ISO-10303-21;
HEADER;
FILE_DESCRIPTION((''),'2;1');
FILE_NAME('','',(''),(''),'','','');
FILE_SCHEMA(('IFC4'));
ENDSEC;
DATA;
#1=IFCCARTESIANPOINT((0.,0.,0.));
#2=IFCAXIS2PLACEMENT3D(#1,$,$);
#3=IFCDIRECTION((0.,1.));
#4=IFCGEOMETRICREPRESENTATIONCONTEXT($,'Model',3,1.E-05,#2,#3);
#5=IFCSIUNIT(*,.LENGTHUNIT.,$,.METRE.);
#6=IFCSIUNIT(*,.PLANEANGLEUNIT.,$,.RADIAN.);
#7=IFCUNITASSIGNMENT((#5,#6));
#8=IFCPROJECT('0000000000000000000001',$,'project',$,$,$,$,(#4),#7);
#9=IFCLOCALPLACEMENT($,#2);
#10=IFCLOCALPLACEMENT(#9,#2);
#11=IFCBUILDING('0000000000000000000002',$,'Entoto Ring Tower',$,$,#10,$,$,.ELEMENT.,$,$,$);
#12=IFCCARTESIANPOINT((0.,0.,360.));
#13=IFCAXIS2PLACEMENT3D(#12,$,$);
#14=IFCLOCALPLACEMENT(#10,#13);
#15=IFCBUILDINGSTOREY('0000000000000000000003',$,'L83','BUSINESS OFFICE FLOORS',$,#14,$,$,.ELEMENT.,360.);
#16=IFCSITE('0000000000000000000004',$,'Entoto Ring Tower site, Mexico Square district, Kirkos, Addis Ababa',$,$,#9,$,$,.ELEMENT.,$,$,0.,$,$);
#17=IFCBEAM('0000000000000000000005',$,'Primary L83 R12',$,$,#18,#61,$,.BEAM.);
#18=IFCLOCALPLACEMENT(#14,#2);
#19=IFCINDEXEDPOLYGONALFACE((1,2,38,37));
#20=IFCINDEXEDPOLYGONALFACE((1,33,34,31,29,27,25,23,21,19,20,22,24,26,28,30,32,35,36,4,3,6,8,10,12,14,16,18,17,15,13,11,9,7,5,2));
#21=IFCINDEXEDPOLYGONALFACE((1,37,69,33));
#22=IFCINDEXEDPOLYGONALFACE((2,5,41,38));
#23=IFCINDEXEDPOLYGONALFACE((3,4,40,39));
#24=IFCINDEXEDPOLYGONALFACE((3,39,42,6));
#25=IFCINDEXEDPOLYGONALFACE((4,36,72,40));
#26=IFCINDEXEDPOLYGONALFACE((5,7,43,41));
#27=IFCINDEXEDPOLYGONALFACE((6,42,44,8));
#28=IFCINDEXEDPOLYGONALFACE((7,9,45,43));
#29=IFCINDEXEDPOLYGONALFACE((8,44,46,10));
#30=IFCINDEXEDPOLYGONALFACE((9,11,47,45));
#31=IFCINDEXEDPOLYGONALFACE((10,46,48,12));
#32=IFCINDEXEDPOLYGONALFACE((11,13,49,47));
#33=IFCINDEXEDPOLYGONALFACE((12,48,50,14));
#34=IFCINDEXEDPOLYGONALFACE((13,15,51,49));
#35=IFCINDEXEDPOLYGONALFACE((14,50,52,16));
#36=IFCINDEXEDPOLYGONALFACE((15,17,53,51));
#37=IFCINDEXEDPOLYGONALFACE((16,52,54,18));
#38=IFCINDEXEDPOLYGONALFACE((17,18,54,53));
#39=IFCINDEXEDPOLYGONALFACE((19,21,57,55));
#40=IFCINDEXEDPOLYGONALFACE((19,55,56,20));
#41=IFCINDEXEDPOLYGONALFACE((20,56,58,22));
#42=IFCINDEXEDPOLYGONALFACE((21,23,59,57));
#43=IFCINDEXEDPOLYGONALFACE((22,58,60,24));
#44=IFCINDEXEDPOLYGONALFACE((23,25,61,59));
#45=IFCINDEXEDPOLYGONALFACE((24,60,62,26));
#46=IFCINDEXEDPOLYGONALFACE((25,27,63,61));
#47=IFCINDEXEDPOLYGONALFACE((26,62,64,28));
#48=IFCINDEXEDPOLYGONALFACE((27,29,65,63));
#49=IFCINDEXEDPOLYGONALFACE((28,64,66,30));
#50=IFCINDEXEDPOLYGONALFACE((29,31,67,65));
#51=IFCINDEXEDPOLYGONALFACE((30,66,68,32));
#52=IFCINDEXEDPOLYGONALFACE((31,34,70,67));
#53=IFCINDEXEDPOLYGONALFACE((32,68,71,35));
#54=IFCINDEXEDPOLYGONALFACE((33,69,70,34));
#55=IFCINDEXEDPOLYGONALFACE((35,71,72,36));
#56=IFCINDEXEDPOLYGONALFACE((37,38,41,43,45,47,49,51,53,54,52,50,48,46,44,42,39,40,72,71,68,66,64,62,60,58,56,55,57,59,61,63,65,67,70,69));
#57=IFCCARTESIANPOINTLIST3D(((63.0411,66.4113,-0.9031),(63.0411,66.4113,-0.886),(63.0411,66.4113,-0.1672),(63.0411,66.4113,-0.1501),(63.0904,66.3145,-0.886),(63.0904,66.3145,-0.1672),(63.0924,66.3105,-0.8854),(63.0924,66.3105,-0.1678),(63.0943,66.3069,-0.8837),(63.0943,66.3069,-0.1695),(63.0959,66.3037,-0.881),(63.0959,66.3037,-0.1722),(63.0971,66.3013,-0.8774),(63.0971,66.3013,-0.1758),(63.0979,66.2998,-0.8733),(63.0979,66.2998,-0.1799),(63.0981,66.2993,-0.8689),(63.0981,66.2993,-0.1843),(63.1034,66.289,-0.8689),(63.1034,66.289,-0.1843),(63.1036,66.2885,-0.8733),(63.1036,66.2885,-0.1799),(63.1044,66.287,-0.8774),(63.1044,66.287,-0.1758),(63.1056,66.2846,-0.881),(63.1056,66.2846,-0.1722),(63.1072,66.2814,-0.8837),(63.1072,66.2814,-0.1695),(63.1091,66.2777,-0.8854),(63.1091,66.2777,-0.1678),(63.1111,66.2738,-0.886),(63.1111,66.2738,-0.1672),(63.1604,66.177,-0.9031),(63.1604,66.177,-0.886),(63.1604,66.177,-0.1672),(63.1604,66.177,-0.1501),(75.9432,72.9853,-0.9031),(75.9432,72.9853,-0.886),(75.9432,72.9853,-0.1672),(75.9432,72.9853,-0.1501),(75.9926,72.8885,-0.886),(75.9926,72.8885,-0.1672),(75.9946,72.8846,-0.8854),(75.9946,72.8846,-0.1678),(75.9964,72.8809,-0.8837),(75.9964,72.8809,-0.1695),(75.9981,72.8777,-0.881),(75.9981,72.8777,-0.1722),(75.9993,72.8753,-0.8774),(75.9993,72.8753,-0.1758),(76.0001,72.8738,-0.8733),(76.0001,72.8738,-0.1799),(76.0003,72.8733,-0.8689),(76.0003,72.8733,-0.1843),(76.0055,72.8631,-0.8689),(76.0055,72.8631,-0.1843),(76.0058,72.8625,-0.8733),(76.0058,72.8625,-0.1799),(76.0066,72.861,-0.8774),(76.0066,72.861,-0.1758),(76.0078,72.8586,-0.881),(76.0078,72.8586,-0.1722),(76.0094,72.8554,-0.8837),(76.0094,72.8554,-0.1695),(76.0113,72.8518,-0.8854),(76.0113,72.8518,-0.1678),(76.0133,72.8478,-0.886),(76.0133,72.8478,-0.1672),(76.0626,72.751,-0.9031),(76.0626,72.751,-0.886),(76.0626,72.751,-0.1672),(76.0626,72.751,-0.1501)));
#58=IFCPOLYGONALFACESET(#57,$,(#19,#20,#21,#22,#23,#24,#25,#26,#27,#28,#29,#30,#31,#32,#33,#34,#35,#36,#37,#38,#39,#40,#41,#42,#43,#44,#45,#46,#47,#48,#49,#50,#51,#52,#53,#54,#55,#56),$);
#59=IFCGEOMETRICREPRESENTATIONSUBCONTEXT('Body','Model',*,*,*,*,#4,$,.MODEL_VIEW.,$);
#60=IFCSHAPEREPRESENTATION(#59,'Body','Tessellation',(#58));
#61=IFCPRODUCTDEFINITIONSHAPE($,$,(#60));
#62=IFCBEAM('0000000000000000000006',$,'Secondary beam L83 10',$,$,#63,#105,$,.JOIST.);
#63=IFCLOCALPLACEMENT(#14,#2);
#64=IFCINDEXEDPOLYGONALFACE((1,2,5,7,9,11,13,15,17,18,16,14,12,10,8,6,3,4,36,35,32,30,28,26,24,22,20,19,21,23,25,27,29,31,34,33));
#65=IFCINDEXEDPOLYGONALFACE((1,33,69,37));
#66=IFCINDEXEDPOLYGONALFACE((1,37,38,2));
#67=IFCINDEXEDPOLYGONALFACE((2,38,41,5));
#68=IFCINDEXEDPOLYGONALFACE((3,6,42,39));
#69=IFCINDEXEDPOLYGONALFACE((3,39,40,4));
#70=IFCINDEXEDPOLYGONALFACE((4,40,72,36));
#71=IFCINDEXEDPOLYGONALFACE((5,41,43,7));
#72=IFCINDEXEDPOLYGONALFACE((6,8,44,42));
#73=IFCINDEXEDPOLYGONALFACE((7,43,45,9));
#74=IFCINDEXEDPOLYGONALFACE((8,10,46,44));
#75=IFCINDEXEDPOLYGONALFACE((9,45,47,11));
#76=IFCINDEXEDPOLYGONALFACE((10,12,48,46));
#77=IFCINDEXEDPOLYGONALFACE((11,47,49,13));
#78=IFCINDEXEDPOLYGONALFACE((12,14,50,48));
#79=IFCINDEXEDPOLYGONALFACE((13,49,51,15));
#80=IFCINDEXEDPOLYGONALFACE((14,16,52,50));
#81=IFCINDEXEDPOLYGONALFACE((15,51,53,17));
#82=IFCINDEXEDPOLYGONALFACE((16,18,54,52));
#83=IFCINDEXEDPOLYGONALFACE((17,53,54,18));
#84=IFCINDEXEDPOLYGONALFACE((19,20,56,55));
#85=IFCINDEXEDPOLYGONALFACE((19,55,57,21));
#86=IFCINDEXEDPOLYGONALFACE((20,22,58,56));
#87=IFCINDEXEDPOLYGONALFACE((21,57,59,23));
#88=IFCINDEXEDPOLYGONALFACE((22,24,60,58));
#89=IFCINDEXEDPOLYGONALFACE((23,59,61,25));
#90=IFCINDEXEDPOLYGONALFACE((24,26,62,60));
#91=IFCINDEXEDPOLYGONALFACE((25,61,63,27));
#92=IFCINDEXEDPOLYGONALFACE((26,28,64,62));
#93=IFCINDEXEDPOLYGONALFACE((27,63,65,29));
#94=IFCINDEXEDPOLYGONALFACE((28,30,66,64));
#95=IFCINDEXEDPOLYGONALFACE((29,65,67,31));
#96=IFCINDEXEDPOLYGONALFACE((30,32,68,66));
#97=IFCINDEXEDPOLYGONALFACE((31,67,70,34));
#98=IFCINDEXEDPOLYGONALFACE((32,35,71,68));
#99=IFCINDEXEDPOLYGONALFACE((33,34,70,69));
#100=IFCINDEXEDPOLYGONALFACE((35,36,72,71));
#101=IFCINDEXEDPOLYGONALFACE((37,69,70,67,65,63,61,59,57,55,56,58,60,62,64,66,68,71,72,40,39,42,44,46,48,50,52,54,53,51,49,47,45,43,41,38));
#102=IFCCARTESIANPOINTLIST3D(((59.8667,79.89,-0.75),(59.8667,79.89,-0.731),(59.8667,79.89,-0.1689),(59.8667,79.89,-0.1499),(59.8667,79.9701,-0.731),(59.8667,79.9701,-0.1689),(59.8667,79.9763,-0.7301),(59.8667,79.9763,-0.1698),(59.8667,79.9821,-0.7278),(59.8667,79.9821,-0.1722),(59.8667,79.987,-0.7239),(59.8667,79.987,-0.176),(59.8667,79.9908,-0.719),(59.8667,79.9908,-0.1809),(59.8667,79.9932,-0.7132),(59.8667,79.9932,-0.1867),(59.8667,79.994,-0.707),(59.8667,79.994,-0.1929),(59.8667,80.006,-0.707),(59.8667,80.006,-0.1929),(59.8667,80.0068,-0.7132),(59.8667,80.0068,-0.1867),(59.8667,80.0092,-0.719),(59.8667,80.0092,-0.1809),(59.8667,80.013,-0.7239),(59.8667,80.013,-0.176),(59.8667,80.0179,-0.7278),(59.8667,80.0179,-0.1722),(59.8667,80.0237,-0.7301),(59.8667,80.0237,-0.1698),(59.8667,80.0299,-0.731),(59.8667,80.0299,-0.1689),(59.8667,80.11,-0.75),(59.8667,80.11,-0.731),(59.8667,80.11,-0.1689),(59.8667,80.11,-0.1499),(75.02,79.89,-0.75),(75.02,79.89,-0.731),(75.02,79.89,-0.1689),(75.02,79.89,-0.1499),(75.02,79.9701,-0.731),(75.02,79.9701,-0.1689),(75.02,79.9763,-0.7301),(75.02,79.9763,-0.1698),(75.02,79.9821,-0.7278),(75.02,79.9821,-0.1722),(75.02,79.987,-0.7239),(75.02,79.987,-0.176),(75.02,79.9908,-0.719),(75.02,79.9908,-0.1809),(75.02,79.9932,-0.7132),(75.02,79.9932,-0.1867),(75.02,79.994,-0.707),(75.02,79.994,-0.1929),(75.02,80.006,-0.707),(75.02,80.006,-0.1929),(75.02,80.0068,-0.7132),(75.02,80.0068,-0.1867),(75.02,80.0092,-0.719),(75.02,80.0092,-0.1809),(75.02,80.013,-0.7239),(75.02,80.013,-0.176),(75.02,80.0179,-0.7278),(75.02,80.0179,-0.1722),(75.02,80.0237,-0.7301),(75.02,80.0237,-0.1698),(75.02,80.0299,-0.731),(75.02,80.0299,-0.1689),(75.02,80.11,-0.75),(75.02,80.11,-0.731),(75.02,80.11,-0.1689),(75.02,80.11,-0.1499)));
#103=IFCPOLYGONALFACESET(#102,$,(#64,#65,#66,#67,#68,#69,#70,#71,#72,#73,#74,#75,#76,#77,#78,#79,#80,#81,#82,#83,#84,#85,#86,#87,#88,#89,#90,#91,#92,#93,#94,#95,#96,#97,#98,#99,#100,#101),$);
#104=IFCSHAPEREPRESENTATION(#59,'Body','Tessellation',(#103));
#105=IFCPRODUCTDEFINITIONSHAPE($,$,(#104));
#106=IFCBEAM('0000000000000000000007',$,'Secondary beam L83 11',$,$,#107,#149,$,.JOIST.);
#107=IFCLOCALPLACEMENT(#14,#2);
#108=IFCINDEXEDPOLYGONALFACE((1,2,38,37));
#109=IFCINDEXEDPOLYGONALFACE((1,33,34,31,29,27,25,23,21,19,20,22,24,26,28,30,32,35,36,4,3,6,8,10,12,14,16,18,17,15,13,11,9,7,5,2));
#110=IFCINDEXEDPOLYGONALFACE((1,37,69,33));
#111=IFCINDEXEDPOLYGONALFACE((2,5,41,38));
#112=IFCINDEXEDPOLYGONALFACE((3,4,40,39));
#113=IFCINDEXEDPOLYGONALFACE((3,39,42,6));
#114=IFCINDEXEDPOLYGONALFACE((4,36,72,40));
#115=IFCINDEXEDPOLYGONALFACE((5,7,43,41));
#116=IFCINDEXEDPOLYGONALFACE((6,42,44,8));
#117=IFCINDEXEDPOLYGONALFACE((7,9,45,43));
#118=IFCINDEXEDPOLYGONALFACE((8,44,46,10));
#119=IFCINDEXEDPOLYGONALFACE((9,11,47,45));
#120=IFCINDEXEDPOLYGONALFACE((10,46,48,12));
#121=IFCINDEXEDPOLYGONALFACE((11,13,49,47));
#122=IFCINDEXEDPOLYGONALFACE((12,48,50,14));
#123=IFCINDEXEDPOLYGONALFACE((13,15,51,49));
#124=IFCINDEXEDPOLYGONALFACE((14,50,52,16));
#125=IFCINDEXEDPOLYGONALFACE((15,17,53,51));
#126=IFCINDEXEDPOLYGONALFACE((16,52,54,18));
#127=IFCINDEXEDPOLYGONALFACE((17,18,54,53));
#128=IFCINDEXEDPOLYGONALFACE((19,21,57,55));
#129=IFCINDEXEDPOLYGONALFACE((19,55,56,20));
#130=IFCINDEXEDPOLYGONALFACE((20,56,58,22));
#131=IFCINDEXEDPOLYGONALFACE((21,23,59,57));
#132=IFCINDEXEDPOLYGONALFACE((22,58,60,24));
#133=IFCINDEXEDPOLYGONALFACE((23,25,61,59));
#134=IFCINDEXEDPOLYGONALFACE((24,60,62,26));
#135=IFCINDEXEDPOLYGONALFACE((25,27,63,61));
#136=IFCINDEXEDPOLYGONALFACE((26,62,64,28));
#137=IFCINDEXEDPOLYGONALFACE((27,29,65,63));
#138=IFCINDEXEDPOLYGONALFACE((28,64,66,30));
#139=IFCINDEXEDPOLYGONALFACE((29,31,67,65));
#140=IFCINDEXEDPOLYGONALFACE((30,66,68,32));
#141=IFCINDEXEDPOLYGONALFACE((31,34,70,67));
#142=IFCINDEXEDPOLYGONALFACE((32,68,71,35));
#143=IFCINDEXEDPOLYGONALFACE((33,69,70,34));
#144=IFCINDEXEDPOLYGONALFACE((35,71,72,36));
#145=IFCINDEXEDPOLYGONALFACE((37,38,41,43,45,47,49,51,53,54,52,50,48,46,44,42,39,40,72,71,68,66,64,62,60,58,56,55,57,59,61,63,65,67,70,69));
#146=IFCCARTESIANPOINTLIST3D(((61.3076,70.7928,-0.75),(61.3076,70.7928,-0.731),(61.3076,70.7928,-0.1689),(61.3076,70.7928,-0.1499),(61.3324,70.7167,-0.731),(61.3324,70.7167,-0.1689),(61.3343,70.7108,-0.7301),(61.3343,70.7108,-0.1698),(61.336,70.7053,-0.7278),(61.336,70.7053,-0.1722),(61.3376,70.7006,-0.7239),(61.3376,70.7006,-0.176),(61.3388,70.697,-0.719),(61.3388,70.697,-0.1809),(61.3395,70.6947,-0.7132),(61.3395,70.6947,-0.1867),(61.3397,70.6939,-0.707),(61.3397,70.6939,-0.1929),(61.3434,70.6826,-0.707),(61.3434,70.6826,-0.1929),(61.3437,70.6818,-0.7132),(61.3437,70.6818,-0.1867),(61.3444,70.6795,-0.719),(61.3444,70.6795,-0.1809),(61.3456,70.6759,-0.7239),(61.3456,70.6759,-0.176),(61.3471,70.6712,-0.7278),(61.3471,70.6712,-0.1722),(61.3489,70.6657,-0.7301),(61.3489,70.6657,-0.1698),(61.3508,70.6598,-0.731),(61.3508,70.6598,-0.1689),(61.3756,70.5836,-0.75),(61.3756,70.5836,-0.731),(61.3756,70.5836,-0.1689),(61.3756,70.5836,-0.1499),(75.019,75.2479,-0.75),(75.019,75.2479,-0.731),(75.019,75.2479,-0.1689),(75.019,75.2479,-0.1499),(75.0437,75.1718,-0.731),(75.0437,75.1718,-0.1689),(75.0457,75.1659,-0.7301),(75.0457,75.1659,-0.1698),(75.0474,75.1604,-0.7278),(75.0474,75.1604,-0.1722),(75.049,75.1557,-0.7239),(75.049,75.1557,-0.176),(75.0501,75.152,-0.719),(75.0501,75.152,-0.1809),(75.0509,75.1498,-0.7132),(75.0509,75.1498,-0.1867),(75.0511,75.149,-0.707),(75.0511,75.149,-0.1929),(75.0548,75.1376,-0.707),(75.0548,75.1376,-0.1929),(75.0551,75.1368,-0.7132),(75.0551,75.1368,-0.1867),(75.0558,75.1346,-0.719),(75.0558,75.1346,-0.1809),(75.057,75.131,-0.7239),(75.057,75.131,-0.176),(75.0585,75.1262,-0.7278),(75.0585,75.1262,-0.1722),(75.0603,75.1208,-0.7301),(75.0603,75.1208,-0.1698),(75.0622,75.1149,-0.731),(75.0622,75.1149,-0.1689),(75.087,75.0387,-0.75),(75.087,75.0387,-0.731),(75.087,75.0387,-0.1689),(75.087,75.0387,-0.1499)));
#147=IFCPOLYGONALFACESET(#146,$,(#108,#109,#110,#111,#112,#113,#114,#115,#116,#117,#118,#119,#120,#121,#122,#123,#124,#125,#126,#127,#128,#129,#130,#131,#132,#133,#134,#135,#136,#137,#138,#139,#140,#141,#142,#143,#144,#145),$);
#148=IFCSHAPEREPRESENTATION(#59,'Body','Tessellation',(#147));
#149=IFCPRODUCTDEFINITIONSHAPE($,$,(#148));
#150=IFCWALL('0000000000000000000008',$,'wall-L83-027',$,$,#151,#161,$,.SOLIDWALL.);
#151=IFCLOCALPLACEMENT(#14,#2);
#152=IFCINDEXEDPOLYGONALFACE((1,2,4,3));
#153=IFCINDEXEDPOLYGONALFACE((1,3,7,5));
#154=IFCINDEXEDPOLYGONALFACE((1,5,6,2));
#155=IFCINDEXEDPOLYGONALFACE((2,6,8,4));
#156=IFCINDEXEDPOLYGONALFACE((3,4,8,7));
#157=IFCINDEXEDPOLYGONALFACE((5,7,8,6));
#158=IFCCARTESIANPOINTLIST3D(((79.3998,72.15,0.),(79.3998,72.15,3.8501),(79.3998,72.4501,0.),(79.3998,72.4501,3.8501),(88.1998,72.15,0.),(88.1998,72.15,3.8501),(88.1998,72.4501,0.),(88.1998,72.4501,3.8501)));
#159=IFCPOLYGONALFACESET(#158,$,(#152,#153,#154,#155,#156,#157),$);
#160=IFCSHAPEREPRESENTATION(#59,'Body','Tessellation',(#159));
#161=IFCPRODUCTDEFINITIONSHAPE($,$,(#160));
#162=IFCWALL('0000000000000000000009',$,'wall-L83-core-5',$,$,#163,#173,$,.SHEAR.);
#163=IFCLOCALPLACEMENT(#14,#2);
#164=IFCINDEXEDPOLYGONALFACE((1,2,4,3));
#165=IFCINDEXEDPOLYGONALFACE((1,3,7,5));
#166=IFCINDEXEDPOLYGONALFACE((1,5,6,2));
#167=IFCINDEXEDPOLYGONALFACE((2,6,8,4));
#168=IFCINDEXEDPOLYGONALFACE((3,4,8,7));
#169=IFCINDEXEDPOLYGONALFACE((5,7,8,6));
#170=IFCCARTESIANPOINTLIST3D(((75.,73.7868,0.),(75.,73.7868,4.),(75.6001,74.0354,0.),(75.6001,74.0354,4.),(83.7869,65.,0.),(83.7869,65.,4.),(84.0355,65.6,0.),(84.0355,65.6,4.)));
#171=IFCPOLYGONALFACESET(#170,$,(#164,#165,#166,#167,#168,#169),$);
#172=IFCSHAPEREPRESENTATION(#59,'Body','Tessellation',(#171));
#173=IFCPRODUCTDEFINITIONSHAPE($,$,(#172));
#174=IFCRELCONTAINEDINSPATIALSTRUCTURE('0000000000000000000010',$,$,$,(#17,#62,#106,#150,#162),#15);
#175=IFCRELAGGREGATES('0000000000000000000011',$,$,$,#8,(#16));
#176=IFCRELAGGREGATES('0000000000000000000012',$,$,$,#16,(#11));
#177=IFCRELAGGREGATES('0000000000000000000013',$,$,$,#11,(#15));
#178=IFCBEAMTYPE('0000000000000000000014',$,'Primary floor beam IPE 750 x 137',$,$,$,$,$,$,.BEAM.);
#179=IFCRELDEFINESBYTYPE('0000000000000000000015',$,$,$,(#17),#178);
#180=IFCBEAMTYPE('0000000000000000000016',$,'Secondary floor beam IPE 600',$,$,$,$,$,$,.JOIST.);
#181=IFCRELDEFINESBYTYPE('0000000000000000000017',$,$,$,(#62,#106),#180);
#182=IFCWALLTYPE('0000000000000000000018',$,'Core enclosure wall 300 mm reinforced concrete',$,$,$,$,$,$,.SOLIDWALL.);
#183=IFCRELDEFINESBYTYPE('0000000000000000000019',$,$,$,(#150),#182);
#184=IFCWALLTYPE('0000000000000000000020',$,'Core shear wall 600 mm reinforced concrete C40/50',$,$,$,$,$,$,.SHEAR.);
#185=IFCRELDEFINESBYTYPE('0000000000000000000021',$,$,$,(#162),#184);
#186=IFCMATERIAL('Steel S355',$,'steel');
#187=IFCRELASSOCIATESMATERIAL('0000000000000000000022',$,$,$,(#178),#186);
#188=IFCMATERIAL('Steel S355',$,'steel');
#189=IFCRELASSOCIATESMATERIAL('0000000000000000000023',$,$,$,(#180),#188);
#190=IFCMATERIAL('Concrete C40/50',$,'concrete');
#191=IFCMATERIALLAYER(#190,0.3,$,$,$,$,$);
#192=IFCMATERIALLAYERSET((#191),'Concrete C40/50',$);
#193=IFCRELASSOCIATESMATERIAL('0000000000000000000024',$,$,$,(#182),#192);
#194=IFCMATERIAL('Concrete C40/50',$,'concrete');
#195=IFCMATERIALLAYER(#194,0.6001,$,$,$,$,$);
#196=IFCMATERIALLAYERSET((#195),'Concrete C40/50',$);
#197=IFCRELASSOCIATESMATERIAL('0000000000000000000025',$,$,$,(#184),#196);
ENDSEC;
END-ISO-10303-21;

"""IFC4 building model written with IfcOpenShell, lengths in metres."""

from ifc_helpers import new_model, si_unit, direction, frame, frame_2d, origin, origin_2d, place, context, subcontext, project, spatial, polyline, rectangle, i_section, outline, extrude, material, layer, layer_set, material_profile, profile_set, type_object, element, save


model = new_model("IFC4")

# Units and contexts
model_context = context("Model", 3, precision=1e-05, world=origin(), true_north=direction((0.0, 1.0)))
body_context = subcontext(model_context, "Body", "Model", "MODEL_VIEW")
ifc_project = project(units=[si_unit("LENGTHUNIT", "METRE"), si_unit("PLANEANGLEUNIT", "RADIAN")], contexts=[model_context])

# Site, building, storey
site_placement = place(None, origin())
site = spatial("IfcSite", under=ifc_project, at=site_placement, Name="Entoto Ring Tower site, Mexico Square district, Kirkos, Addis Ababa", CompositionType="ELEMENT", RefElevation=0.0)
building_placement = place(site_placement, origin())
building = spatial("IfcBuilding", under=site, at=building_placement, Name="Entoto Ring Tower", CompositionType="ELEMENT")
storey_placement = place(building_placement, frame((0.0, 0.0, 360.0)))
storey = spatial("IfcBuildingStorey", under=building, at=storey_placement, Name="L83", Description="BUSINESS OFFICE FLOORS", CompositionType="ELEMENT", Elevation=360.0)

# Beams
ifc_material_1 = material(Name="Steel S355", Category="steel")
ifc_material_profile_1 = material_profile(ifc_material_1, i_section(OverallWidth=0.2629, OverallDepth=0.7529, WebThickness=0.0115, FlangeThickness=0.0171, FilletRadius=0.0171, at=origin_2d()), Name="IPE 750 x 137")
ifc_profile_set_1 = profile_set([ifc_material_profile_1], Name="Steel S355")
beam_type_1 = type_object("IfcBeamType", Name="Primary floor beam IPE 750 x 137", PredefinedType="BEAM", material=ifc_profile_set_1)
beam_1_placement = place(storey_placement, frame((76.0029, 72.8682, -0.5266), z_axis=(-0.891006, -0.453992, 0.0), x_axis=(0.453992, -0.891006, 0.0)))
element("IfcBeam", 1, at=beam_1_placement, inside=storey, type_object=beam_type_1, Name="Primary L83 R12", PredefinedType="BEAM", context=body_context, shape_type="SweptSolid", body=[
    extrude(i_section(OverallWidth=0.2629, OverallDepth=0.7529, WebThickness=0.0115, FlangeThickness=0.0171, FilletRadius=0.0171, at=origin_2d()), origin(), (0.0, 0.0, 1.0), 14.4805),
])
ifc_material_2 = material(Name="Steel S355", Category="steel")
ifc_material_profile_2 = material_profile(ifc_material_2, i_section(OverallWidth=0.22, OverallDepth=0.6001, WebThickness=0.012, FlangeThickness=0.019, FilletRadius=0.0239, at=origin_2d()), Name="IPE 600")
ifc_profile_set_2 = profile_set([ifc_material_profile_2], Name="Steel S355")
beam_type_2 = type_object("IfcBeamType", Name="Secondary floor beam IPE 600", PredefinedType="JOIST", material=ifc_profile_set_2)
beam_2_placement = place(storey_placement, frame((75.02, 80.0, -0.45), z_axis=(-1.0, 0.0, 0.0), x_axis=(0.0, -1.0, 0.0)))
element("IfcBeam", 2, at=beam_2_placement, inside=storey, type_object=beam_type_2, Name="Secondary beam L83 10", PredefinedType="JOIST", context=body_context, shape_type="SweptSolid", body=[
    extrude(i_section(OverallWidth=0.22, OverallDepth=0.6001, WebThickness=0.012, FlangeThickness=0.019, FilletRadius=0.0239, at=origin_2d()), origin(), (0.0, 0.0, 1.0), 15.1533),
])
beam_3_placement = place(storey_placement, frame((75.053, 75.1433, -0.45), z_axis=(-0.951057, -0.309015, 0.0), x_axis=(0.309015, -0.951057, 0.0)))
element("IfcBeam", 3, at=beam_3_placement, inside=storey, type_object=beam_type_2, Name="Secondary beam L83 11", PredefinedType="JOIST", context=body_context, shape_type="SweptSolid", body=[
    extrude(i_section(OverallWidth=0.22, OverallDepth=0.6001, WebThickness=0.012, FlangeThickness=0.019, FilletRadius=0.0239, at=origin_2d()), origin(), (0.0, 0.0, 1.0), 14.417),
])

# Walls
ifc_material_3 = material(Name="Concrete C40/50", Category="concrete")
ifc_layer_1 = layer(ifc_material_3, 0.3)
ifc_layer_set_1 = layer_set([ifc_layer_1], Name="Concrete C40/50")
wall_type_1 = type_object("IfcWallType", Name="Core enclosure wall 300 mm reinforced concrete", PredefinedType="SOLIDWALL", material=ifc_layer_set_1)
wall_1_placement = place(storey_placement, frame((79.3999, 72.3, 0.0), z_axis=(0.0, 0.0, 1.0), x_axis=(1.0, 0.0, 0.0)))
element("IfcWall", 4, at=wall_1_placement, inside=storey, type_object=wall_type_1, Name="wall-L83-027", PredefinedType="SOLIDWALL", context=body_context, shape_type="SweptSolid", body=[
    extrude(rectangle(XDim=8.8, YDim=0.3, at=frame_2d((4.3999, 0.0))), origin(), (0.0, 0.0, 1.0), 3.8501),
])
ifc_material_4 = material(Name="Concrete C40/50", Category="concrete")
ifc_layer_2 = layer(ifc_material_4, 0.6001)
ifc_layer_set_2 = layer_set([ifc_layer_2], Name="Concrete C40/50")
wall_type_2 = type_object("IfcWallType", Name="Core shear wall 600 mm reinforced concrete C40/50", PredefinedType="SHEAR", material=ifc_layer_set_2)
wall_2_placement = place(storey_placement, frame((75.3, 73.9111, 0.0), z_axis=(0.0, 0.0, 1.0), x_axis=(0.707107, -0.707107, 0.0)))
element("IfcWall", 5, at=wall_2_placement, inside=storey, type_object=wall_type_2, Name="wall-L83-core-5", PredefinedType="SHEAR", context=body_context, shape_type="SweptSolid", body=[
    extrude(outline(polyline([(-0.1243, -0.3), (12.3022, -0.3), (12.0537, 0.3), (0.1243, 0.3), (-0.1243, -0.3)])), origin(), (0.0, 0.0, 1.0), 4.0),
])

save(model, "model.ifc")
